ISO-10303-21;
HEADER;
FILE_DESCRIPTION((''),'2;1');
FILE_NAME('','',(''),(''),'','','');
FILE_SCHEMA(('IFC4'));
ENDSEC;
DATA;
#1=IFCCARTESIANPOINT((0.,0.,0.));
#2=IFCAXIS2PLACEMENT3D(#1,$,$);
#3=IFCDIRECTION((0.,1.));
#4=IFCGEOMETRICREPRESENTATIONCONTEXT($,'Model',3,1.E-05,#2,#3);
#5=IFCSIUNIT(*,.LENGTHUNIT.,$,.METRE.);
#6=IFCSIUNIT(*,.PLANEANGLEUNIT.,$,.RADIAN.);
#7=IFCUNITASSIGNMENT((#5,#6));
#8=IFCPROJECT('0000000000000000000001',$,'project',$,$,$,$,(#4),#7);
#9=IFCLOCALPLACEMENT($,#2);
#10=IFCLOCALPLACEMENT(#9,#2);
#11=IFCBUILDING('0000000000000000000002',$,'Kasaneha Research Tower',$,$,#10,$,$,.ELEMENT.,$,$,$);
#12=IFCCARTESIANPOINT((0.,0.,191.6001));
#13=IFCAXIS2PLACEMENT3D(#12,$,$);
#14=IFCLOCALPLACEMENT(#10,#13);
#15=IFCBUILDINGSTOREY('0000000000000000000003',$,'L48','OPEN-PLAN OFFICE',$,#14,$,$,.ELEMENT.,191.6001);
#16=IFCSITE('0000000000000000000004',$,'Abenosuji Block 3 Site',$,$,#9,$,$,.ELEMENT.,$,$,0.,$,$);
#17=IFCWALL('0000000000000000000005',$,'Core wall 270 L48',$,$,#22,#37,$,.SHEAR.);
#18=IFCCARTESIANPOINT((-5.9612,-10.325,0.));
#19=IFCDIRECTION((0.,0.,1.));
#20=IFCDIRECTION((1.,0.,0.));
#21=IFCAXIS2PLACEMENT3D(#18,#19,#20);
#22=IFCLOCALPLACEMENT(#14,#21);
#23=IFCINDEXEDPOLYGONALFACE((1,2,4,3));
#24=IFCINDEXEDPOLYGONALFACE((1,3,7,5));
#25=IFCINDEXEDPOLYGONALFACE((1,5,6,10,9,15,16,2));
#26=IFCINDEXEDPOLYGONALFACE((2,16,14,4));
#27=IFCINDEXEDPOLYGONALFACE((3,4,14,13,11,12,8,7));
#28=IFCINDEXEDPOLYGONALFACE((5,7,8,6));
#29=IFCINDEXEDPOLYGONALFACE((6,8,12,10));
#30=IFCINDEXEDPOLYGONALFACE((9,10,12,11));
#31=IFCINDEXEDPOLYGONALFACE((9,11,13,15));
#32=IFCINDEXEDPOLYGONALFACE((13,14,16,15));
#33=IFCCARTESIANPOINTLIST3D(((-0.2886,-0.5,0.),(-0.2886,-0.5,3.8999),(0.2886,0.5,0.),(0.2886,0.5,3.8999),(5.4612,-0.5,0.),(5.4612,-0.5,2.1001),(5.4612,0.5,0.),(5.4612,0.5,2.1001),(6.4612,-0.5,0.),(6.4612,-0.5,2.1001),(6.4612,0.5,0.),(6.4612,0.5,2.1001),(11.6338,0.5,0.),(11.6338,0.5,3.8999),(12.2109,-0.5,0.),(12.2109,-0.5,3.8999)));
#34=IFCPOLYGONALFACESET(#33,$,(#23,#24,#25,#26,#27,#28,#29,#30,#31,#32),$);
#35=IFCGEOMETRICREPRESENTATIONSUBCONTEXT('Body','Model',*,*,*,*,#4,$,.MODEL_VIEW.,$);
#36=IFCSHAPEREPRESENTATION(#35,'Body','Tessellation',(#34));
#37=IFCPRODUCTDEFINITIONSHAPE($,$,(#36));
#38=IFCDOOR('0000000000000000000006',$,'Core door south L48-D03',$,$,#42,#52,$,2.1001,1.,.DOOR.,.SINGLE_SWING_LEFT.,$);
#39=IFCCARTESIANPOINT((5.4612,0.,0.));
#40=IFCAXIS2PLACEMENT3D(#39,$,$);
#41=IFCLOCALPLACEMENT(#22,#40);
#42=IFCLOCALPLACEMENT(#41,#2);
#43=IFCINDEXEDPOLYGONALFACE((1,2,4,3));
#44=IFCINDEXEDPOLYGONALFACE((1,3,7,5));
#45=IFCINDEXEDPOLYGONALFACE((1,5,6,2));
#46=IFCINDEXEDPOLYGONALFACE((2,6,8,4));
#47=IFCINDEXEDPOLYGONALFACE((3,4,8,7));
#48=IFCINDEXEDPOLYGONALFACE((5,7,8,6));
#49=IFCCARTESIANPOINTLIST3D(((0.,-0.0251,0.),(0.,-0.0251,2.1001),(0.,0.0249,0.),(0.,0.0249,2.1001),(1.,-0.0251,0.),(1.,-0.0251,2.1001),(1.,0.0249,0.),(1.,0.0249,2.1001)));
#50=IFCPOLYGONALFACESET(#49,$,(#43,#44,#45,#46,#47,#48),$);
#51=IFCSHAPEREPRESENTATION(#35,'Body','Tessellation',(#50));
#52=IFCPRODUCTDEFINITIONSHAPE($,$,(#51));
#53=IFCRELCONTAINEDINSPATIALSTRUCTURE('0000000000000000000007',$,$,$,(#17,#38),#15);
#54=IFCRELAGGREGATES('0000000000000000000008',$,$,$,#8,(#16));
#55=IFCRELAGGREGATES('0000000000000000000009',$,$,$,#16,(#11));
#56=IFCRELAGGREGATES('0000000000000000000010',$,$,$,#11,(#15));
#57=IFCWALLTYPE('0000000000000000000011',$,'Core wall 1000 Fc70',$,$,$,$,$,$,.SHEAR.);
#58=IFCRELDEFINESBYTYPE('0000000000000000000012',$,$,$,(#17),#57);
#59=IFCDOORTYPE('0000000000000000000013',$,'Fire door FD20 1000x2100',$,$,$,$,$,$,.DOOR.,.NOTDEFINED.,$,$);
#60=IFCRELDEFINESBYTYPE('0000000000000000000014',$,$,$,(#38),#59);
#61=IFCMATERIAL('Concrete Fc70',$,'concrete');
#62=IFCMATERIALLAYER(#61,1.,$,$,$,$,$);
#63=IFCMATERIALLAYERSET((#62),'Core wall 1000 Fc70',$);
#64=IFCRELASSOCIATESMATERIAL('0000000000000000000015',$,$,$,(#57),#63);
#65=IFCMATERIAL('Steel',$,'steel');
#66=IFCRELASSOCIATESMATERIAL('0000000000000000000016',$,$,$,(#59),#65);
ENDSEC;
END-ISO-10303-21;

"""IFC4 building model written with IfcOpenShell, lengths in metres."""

from ifc_helpers import new_model, si_unit, direction, frame, frame_2d, origin, place, context, subcontext, project, spatial, polyline, rectangle, outline, extrude, material, layer, layer_set, type_object, element, fill, save


model = new_model("IFC4")

# Units and contexts
model_context = context("Model", 3, precision=1e-05, world=origin(), true_north=direction((0.0, 1.0)))
body_context = subcontext(model_context, "Body", "Model", "MODEL_VIEW")
ifc_project = project(units=[si_unit("LENGTHUNIT", "METRE"), si_unit("PLANEANGLEUNIT", "RADIAN")], contexts=[model_context])

# Site, building, storey
site_placement = place(None, origin())
site = spatial("IfcSite", under=ifc_project, at=site_placement, Name="Abenosuji Block 3 Site", CompositionType="ELEMENT", RefElevation=0.0)
building_placement = place(site_placement, origin())
building = spatial("IfcBuilding", under=site, at=building_placement, Name="Kasaneha Research Tower", CompositionType="ELEMENT")
storey_placement = place(building_placement, frame((0.0, 0.0, 191.6001)))
storey = spatial("IfcBuildingStorey", under=building, at=storey_placement, Name="L48", Description="OPEN-PLAN OFFICE", CompositionType="ELEMENT", Elevation=191.6001)

# Wall, opening, door
ifc_material_1 = material(Name="Concrete Fc70", Category="concrete")
ifc_layer_1 = layer(ifc_material_1, 1.0)
ifc_layer_set_1 = layer_set([ifc_layer_1], Name="Core wall 1000 Fc70")
wall_type_1 = type_object("IfcWallType", Name="Core wall 1000 Fc70", PredefinedType="SHEAR", material=ifc_layer_set_1)
wall_1_placement = place(storey_placement, frame((-5.9612, -10.325, 0.0), z_axis=(0.0, 0.0, 1.0), x_axis=(1.0, 0.0, 0.0)))
wall_1 = element("IfcWall", 1, at=wall_1_placement, inside=storey, type_object=wall_type_1, Name="Core wall 270 L48", PredefinedType="SHEAR", context=body_context, shape_type="SweptSolid", body=[
    extrude(outline(polyline([(-0.2886, -0.5), (5.4612, -0.5), (6.4612, -0.5), (12.2109, -0.5), (11.6338, 0.5), (6.4612, 0.5), (5.4612, 0.5), (0.2886, 0.5), (-0.2886, -0.5)])), origin(), (0.0, 0.0, 1.0), 3.8999),
])
opening_1_placement = place(wall_1_placement, frame((5.4612, 0.0, 0.0)))
opening_1 = element("IfcOpeningElement", 2, at=opening_1_placement, cuts=wall_1, PredefinedType="OPENING", context=body_context, shape_type="SweptSolid", body=[
    extrude(rectangle(XDim=1.0, YDim=2.1001, at=frame_2d((0.5, 1.05))), frame((0.0, 0.51, 0.0), z_axis=(0.0, -1.0, 0.0), x_axis=(1.0, 0.0, 0.0)), (0.0, 0.0, 1.0), 1.02),
])
ifc_material_2 = material(Name="Steel", Category="steel")
door_type_1 = type_object("IfcDoorType", Name="Fire door FD20 1000x2100", OperationType="NOTDEFINED", PredefinedType="DOOR", material=ifc_material_2)
door_1_placement = place(opening_1_placement, origin())
door_1 = element("IfcDoor", 3, at=door_1_placement, inside=storey, type_object=door_type_1, Name="Core door south L48-D03", OperationType="SINGLE_SWING_LEFT", OverallHeight=2.1001, OverallWidth=1.0, PredefinedType="DOOR", context=body_context, shape_type="SweptSolid", body=[
    extrude(rectangle(XDim=1.0, YDim=2.1001, at=frame_2d((0.5, 1.05))), frame((0.0, 0.0249, 0.0), z_axis=(0.0, -1.0, 0.0), x_axis=(1.0, 0.0, 0.0)), (0.0, 0.0, 1.0), 0.05),
])
fill(opening_1, door_1)

save(model, "model.ifc")
